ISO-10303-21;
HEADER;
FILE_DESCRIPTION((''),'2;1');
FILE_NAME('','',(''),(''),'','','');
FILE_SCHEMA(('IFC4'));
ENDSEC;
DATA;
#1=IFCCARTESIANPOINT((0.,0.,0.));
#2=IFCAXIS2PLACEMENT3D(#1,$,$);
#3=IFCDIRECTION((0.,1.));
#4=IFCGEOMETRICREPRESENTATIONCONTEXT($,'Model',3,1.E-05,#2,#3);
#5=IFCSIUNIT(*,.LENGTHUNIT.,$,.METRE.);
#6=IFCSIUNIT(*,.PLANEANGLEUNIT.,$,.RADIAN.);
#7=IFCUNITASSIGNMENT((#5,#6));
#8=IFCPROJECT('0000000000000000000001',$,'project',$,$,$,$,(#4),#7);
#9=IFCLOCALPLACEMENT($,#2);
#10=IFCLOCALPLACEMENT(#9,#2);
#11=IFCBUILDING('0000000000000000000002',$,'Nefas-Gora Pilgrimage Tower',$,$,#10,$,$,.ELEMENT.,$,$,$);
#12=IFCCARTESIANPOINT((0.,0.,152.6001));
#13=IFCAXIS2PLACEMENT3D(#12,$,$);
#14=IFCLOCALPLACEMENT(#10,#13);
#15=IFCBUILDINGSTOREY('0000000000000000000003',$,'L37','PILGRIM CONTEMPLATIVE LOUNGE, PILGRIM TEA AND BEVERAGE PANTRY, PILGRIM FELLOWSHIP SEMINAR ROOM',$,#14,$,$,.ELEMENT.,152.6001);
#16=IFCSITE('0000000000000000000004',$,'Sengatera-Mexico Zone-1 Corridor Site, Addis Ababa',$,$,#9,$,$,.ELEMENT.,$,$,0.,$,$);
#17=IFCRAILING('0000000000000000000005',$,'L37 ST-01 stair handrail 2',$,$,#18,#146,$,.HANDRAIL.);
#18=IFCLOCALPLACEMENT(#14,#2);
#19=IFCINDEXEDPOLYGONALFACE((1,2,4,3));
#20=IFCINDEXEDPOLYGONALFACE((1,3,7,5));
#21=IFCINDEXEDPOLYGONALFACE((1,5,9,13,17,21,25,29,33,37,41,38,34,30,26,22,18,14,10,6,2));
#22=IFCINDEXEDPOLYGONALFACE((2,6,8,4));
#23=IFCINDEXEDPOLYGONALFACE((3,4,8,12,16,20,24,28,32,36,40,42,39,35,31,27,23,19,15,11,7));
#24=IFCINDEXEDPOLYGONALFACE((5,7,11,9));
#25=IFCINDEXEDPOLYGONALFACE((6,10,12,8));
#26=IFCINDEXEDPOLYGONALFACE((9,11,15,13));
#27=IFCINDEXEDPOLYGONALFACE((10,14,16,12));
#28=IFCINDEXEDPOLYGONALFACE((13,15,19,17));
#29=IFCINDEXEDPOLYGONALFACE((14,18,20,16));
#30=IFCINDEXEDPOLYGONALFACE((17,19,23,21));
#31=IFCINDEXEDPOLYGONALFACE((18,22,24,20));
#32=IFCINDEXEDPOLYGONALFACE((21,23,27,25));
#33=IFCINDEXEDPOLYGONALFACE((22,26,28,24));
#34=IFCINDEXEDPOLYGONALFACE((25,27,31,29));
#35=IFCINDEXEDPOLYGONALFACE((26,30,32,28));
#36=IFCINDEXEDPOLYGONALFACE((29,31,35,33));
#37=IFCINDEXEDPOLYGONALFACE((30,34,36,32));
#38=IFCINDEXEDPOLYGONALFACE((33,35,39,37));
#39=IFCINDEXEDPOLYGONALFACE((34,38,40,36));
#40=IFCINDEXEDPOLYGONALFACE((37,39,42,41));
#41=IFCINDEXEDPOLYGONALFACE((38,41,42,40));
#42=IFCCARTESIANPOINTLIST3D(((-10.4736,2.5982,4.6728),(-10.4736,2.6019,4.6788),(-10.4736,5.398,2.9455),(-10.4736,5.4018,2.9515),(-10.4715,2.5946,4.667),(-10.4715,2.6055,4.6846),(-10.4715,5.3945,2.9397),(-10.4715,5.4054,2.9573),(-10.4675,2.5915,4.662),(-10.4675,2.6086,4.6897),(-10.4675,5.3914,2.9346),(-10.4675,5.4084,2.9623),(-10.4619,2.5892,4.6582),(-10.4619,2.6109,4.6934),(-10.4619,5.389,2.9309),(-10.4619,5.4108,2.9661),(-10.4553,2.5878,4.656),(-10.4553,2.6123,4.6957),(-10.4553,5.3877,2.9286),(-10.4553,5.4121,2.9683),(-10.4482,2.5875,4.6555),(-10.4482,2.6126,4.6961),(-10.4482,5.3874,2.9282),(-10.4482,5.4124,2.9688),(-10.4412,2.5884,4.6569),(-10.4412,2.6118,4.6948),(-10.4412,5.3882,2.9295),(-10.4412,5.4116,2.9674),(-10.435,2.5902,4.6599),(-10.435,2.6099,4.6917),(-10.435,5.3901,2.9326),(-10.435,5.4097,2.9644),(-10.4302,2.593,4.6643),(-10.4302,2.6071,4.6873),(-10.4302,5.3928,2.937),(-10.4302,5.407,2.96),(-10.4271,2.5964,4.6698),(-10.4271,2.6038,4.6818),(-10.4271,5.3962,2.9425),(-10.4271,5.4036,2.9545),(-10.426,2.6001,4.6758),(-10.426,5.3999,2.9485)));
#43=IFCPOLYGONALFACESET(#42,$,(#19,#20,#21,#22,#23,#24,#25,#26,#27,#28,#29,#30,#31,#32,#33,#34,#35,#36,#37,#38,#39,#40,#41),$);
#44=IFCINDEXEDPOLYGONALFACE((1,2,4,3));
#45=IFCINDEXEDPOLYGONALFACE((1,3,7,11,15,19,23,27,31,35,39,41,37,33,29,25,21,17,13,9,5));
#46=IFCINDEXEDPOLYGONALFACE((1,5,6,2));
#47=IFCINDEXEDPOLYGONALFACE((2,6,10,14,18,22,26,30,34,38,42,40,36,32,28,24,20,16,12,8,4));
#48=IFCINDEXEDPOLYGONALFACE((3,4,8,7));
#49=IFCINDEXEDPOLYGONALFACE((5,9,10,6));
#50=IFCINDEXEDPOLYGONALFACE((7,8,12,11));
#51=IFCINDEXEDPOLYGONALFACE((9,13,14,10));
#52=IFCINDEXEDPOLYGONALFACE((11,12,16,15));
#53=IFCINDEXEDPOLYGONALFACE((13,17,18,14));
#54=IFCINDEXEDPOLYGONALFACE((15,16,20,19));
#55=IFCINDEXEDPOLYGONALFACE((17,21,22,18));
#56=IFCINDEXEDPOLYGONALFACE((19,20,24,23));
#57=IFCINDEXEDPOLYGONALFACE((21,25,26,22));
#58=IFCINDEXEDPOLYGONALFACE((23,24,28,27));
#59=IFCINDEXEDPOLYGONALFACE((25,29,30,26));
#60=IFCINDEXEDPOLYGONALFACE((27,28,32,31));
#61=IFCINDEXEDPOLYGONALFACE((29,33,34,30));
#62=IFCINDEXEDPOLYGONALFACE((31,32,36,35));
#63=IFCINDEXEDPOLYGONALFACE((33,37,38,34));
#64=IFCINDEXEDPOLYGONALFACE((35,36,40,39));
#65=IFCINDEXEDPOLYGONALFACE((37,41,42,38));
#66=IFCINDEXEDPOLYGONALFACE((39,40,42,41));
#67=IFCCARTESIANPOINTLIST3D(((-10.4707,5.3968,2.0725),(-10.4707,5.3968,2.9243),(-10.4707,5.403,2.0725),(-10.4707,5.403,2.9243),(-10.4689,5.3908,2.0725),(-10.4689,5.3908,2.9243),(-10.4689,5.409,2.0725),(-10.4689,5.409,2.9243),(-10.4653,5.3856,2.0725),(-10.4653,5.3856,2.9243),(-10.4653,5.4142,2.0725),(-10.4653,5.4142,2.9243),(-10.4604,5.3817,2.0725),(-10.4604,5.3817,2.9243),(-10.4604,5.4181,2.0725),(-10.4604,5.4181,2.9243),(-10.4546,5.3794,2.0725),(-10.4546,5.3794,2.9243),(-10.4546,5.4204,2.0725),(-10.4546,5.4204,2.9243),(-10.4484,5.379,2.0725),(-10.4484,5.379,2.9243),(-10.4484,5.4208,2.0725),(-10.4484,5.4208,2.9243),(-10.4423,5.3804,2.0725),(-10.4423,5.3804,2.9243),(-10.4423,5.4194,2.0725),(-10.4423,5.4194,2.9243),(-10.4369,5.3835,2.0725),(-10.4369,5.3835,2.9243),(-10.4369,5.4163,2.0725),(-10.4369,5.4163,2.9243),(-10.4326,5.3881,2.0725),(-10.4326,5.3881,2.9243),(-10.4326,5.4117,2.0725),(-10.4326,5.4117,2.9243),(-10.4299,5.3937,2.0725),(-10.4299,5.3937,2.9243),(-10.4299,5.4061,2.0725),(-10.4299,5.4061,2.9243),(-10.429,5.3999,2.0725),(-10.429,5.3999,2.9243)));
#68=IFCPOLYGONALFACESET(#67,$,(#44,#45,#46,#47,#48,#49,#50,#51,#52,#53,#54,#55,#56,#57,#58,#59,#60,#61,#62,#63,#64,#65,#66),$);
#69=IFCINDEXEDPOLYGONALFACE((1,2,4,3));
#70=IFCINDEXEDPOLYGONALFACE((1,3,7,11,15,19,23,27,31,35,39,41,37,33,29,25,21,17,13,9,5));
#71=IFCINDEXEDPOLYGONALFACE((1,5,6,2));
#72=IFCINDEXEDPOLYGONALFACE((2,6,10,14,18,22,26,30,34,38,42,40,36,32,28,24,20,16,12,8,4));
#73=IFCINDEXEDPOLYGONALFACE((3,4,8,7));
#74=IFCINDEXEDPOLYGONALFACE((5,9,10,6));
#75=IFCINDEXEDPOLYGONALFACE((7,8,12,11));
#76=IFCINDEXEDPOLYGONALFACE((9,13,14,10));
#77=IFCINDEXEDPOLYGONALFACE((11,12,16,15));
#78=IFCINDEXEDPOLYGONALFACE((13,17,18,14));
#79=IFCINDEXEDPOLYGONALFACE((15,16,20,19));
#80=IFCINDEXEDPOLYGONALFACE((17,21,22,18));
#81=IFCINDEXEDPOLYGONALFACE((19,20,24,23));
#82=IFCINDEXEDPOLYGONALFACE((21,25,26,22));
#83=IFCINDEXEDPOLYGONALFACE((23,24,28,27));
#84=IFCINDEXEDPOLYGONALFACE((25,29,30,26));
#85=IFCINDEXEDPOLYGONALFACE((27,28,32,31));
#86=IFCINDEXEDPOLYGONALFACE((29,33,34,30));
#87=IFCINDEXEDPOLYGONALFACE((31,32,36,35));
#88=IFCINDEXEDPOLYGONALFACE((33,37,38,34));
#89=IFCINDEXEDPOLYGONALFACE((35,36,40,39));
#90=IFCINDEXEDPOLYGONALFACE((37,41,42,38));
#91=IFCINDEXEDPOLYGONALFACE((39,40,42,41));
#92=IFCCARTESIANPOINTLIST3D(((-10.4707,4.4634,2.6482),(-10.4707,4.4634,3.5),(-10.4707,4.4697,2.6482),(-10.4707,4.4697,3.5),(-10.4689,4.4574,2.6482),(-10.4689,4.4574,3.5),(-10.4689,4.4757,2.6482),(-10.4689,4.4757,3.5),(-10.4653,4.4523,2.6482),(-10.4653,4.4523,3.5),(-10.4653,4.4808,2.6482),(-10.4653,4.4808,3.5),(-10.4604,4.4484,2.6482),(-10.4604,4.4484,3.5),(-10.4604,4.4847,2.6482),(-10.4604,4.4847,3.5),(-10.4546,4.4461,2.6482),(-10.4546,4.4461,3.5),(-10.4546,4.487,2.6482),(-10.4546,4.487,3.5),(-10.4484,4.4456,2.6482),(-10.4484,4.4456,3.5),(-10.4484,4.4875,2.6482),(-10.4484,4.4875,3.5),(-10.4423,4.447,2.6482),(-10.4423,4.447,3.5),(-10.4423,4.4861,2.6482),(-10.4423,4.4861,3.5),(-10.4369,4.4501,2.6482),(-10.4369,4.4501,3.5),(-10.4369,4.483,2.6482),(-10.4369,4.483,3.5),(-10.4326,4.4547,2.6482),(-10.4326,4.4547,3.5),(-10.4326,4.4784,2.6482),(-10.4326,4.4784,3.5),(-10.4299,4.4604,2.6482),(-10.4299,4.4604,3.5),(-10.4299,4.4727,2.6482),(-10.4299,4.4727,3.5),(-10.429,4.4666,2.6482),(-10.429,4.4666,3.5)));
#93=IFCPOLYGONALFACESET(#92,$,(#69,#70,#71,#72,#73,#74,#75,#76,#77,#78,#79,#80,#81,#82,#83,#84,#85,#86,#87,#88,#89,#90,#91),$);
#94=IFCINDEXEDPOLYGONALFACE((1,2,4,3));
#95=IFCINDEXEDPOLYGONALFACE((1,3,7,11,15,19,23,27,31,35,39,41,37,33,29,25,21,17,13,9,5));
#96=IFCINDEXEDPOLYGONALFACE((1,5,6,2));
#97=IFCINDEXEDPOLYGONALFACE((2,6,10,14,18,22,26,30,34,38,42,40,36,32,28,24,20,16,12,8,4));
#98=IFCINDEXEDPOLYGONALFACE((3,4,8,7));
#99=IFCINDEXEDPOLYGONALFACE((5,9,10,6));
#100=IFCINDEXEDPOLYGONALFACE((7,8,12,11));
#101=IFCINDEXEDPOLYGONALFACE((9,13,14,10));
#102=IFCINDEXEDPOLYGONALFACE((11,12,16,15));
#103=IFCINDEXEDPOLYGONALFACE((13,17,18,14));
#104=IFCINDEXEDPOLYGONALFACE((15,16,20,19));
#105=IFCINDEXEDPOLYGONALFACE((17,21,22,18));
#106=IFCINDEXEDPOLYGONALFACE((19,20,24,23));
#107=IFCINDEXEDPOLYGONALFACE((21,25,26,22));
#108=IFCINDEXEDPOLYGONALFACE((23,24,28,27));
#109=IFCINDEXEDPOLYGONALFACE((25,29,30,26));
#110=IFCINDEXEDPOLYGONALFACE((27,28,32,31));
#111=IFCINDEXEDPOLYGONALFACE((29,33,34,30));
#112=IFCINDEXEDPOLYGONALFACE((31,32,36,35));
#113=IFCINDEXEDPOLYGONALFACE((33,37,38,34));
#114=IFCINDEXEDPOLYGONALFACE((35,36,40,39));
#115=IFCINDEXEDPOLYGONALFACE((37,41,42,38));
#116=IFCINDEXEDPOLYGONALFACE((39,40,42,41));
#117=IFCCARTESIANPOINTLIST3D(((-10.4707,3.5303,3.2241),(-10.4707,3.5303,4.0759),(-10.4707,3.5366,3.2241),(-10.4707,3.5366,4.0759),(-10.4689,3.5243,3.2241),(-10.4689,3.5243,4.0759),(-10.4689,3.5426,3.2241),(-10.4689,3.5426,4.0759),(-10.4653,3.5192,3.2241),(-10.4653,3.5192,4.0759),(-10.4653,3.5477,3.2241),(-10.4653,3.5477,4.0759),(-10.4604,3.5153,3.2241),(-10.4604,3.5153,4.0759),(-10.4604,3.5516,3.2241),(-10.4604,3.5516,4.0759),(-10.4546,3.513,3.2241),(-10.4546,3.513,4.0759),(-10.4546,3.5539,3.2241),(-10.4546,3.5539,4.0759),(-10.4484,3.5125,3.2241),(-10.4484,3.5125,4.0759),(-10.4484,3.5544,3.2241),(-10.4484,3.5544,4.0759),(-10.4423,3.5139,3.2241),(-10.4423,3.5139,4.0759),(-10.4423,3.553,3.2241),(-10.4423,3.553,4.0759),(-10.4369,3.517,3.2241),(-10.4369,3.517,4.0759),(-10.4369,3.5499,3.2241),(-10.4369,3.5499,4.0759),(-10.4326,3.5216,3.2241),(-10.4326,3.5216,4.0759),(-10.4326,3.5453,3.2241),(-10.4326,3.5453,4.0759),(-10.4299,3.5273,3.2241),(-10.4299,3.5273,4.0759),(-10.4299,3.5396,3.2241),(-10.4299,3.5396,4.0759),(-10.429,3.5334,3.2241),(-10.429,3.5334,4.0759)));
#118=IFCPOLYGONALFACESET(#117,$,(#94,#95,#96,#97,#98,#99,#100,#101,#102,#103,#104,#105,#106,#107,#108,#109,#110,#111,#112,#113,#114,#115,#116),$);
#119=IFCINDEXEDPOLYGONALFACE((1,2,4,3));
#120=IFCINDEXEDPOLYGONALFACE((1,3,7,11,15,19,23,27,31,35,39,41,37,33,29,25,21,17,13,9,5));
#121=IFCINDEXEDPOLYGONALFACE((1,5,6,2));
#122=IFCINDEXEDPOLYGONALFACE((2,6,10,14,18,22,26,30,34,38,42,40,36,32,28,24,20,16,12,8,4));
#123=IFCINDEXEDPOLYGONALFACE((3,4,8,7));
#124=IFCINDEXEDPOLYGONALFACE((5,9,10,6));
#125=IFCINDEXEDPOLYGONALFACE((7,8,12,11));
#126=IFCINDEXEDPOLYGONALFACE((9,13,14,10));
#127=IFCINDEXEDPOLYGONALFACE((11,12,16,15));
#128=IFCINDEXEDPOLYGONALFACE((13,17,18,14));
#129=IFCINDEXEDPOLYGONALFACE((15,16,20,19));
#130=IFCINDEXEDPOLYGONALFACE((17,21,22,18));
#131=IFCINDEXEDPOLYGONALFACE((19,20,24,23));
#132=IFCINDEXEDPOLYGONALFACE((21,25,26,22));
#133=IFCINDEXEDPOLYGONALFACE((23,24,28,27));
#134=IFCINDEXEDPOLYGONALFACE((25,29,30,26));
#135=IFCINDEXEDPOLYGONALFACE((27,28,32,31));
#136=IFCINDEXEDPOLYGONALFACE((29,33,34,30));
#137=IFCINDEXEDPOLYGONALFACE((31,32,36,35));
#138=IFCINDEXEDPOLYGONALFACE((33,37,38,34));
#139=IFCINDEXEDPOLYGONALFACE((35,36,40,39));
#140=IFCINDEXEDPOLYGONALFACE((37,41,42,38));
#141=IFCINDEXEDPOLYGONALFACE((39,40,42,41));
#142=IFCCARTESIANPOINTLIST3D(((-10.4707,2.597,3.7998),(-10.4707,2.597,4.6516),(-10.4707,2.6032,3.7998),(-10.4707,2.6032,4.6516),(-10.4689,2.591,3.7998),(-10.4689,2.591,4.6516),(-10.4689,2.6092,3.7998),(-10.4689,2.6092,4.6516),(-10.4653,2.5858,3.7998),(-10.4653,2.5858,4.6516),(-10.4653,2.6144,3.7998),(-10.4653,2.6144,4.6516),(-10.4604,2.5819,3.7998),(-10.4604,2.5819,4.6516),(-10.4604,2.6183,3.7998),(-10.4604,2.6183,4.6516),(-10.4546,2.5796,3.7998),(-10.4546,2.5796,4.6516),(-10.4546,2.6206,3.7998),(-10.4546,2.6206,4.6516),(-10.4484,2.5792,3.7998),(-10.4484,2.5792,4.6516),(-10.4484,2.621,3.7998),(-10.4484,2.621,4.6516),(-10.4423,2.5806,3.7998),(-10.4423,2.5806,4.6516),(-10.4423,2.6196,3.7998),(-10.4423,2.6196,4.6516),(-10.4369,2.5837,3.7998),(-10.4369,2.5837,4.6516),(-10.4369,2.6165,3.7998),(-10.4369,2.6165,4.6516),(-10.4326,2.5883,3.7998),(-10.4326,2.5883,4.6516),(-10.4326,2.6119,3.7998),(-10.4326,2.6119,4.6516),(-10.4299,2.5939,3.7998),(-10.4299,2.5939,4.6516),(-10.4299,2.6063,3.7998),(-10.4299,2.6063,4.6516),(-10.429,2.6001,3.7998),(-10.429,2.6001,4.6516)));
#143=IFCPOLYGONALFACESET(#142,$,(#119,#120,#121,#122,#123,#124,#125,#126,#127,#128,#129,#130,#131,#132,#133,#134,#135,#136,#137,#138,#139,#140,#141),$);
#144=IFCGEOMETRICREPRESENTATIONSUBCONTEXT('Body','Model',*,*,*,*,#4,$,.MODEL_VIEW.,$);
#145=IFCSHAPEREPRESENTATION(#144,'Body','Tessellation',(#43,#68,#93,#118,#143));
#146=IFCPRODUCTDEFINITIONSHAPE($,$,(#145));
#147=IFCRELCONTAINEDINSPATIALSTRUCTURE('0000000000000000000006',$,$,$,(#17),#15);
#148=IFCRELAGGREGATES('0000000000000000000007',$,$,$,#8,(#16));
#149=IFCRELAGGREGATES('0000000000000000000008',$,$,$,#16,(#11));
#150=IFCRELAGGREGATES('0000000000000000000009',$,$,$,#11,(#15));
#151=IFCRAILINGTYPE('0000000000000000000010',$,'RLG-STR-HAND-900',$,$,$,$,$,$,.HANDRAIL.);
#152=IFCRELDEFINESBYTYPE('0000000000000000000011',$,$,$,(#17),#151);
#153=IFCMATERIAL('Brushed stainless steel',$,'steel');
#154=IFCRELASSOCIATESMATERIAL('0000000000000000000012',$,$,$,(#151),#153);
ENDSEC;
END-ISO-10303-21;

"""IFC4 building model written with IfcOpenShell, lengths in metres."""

from ifc_helpers import new_model, si_unit, direction, frame, origin, origin_2d, place, context, subcontext, project, spatial, circle, extrude, material, type_object, element, save


model = new_model("IFC4")

# Units and contexts
model_context = context("Model", 3, precision=1e-05, world=origin(), true_north=direction((0.0, 1.0)))
body_context = subcontext(model_context, "Body", "Model", "MODEL_VIEW")
ifc_project = project(units=[si_unit("LENGTHUNIT", "METRE"), si_unit("PLANEANGLEUNIT", "RADIAN")], contexts=[model_context])

# Site, building, storey
site_placement = place(None, origin())
site = spatial("IfcSite", under=ifc_project, at=site_placement, Name="Sengatera-Mexico Zone-1 Corridor Site, Addis Ababa", CompositionType="ELEMENT", RefElevation=0.0)
building_placement = place(site_placement, origin())
building = spatial("IfcBuilding", under=site, at=building_placement, Name="Nefas-Gora Pilgrimage Tower", CompositionType="ELEMENT")
storey_placement = place(building_placement, frame((0.0, 0.0, 152.6001)))
storey = spatial("IfcBuildingStorey", under=building, at=storey_placement, Name="L37", Description="PILGRIM CONTEMPLATIVE LOUNGE, PILGRIM TEA AND BEVERAGE PANTRY, PILGRIM FELLOWSHIP SEMINAR ROOM", CompositionType="ELEMENT", Elevation=152.6001)

# Railing
ifc_material_1 = material(Name="Brushed stainless steel", Category="steel")
railing_type_1 = type_object("IfcRailingType", Name="RLG-STR-HAND-900", PredefinedType="HANDRAIL", material=ifc_material_1)
railing_1_placement = place(storey_placement, frame((-10.45, 5.3999, 2.0725)))
element("IfcRailing", 1, at=railing_1_placement, inside=storey, type_object=railing_type_1, Name="L37 ST-01 stair handrail 2", PredefinedType="HANDRAIL", context=body_context, shape_type="SweptSolid", body=[
    extrude(circle(Radius=0.0239, at=origin_2d()), frame((0.0, 0.0, 0.876), z_axis=(0.0, -0.851069, 0.525054), x_axis=(1.0, 0.0, 0.0)), (0.0, 0.0, 1.0), 3.2898),
    extrude(circle(Radius=0.021, at=origin_2d()), origin(), (0.0, 0.0, 1.0), 0.8518),
    extrude(circle(Radius=0.021, at=origin_2d()), frame((0.0, -0.9333, 0.5757)), (0.0, 0.0, 1.0), 0.8518),
    extrude(circle(Radius=0.021, at=origin_2d()), frame((0.0, -1.8665, 1.1516)), (0.0, 0.0, 1.0), 0.8518),
    extrude(circle(Radius=0.021, at=origin_2d()), frame((0.0, -2.7998, 1.7273)), (0.0, 0.0, 1.0), 0.8518),
])

save(model, "model.ifc")
